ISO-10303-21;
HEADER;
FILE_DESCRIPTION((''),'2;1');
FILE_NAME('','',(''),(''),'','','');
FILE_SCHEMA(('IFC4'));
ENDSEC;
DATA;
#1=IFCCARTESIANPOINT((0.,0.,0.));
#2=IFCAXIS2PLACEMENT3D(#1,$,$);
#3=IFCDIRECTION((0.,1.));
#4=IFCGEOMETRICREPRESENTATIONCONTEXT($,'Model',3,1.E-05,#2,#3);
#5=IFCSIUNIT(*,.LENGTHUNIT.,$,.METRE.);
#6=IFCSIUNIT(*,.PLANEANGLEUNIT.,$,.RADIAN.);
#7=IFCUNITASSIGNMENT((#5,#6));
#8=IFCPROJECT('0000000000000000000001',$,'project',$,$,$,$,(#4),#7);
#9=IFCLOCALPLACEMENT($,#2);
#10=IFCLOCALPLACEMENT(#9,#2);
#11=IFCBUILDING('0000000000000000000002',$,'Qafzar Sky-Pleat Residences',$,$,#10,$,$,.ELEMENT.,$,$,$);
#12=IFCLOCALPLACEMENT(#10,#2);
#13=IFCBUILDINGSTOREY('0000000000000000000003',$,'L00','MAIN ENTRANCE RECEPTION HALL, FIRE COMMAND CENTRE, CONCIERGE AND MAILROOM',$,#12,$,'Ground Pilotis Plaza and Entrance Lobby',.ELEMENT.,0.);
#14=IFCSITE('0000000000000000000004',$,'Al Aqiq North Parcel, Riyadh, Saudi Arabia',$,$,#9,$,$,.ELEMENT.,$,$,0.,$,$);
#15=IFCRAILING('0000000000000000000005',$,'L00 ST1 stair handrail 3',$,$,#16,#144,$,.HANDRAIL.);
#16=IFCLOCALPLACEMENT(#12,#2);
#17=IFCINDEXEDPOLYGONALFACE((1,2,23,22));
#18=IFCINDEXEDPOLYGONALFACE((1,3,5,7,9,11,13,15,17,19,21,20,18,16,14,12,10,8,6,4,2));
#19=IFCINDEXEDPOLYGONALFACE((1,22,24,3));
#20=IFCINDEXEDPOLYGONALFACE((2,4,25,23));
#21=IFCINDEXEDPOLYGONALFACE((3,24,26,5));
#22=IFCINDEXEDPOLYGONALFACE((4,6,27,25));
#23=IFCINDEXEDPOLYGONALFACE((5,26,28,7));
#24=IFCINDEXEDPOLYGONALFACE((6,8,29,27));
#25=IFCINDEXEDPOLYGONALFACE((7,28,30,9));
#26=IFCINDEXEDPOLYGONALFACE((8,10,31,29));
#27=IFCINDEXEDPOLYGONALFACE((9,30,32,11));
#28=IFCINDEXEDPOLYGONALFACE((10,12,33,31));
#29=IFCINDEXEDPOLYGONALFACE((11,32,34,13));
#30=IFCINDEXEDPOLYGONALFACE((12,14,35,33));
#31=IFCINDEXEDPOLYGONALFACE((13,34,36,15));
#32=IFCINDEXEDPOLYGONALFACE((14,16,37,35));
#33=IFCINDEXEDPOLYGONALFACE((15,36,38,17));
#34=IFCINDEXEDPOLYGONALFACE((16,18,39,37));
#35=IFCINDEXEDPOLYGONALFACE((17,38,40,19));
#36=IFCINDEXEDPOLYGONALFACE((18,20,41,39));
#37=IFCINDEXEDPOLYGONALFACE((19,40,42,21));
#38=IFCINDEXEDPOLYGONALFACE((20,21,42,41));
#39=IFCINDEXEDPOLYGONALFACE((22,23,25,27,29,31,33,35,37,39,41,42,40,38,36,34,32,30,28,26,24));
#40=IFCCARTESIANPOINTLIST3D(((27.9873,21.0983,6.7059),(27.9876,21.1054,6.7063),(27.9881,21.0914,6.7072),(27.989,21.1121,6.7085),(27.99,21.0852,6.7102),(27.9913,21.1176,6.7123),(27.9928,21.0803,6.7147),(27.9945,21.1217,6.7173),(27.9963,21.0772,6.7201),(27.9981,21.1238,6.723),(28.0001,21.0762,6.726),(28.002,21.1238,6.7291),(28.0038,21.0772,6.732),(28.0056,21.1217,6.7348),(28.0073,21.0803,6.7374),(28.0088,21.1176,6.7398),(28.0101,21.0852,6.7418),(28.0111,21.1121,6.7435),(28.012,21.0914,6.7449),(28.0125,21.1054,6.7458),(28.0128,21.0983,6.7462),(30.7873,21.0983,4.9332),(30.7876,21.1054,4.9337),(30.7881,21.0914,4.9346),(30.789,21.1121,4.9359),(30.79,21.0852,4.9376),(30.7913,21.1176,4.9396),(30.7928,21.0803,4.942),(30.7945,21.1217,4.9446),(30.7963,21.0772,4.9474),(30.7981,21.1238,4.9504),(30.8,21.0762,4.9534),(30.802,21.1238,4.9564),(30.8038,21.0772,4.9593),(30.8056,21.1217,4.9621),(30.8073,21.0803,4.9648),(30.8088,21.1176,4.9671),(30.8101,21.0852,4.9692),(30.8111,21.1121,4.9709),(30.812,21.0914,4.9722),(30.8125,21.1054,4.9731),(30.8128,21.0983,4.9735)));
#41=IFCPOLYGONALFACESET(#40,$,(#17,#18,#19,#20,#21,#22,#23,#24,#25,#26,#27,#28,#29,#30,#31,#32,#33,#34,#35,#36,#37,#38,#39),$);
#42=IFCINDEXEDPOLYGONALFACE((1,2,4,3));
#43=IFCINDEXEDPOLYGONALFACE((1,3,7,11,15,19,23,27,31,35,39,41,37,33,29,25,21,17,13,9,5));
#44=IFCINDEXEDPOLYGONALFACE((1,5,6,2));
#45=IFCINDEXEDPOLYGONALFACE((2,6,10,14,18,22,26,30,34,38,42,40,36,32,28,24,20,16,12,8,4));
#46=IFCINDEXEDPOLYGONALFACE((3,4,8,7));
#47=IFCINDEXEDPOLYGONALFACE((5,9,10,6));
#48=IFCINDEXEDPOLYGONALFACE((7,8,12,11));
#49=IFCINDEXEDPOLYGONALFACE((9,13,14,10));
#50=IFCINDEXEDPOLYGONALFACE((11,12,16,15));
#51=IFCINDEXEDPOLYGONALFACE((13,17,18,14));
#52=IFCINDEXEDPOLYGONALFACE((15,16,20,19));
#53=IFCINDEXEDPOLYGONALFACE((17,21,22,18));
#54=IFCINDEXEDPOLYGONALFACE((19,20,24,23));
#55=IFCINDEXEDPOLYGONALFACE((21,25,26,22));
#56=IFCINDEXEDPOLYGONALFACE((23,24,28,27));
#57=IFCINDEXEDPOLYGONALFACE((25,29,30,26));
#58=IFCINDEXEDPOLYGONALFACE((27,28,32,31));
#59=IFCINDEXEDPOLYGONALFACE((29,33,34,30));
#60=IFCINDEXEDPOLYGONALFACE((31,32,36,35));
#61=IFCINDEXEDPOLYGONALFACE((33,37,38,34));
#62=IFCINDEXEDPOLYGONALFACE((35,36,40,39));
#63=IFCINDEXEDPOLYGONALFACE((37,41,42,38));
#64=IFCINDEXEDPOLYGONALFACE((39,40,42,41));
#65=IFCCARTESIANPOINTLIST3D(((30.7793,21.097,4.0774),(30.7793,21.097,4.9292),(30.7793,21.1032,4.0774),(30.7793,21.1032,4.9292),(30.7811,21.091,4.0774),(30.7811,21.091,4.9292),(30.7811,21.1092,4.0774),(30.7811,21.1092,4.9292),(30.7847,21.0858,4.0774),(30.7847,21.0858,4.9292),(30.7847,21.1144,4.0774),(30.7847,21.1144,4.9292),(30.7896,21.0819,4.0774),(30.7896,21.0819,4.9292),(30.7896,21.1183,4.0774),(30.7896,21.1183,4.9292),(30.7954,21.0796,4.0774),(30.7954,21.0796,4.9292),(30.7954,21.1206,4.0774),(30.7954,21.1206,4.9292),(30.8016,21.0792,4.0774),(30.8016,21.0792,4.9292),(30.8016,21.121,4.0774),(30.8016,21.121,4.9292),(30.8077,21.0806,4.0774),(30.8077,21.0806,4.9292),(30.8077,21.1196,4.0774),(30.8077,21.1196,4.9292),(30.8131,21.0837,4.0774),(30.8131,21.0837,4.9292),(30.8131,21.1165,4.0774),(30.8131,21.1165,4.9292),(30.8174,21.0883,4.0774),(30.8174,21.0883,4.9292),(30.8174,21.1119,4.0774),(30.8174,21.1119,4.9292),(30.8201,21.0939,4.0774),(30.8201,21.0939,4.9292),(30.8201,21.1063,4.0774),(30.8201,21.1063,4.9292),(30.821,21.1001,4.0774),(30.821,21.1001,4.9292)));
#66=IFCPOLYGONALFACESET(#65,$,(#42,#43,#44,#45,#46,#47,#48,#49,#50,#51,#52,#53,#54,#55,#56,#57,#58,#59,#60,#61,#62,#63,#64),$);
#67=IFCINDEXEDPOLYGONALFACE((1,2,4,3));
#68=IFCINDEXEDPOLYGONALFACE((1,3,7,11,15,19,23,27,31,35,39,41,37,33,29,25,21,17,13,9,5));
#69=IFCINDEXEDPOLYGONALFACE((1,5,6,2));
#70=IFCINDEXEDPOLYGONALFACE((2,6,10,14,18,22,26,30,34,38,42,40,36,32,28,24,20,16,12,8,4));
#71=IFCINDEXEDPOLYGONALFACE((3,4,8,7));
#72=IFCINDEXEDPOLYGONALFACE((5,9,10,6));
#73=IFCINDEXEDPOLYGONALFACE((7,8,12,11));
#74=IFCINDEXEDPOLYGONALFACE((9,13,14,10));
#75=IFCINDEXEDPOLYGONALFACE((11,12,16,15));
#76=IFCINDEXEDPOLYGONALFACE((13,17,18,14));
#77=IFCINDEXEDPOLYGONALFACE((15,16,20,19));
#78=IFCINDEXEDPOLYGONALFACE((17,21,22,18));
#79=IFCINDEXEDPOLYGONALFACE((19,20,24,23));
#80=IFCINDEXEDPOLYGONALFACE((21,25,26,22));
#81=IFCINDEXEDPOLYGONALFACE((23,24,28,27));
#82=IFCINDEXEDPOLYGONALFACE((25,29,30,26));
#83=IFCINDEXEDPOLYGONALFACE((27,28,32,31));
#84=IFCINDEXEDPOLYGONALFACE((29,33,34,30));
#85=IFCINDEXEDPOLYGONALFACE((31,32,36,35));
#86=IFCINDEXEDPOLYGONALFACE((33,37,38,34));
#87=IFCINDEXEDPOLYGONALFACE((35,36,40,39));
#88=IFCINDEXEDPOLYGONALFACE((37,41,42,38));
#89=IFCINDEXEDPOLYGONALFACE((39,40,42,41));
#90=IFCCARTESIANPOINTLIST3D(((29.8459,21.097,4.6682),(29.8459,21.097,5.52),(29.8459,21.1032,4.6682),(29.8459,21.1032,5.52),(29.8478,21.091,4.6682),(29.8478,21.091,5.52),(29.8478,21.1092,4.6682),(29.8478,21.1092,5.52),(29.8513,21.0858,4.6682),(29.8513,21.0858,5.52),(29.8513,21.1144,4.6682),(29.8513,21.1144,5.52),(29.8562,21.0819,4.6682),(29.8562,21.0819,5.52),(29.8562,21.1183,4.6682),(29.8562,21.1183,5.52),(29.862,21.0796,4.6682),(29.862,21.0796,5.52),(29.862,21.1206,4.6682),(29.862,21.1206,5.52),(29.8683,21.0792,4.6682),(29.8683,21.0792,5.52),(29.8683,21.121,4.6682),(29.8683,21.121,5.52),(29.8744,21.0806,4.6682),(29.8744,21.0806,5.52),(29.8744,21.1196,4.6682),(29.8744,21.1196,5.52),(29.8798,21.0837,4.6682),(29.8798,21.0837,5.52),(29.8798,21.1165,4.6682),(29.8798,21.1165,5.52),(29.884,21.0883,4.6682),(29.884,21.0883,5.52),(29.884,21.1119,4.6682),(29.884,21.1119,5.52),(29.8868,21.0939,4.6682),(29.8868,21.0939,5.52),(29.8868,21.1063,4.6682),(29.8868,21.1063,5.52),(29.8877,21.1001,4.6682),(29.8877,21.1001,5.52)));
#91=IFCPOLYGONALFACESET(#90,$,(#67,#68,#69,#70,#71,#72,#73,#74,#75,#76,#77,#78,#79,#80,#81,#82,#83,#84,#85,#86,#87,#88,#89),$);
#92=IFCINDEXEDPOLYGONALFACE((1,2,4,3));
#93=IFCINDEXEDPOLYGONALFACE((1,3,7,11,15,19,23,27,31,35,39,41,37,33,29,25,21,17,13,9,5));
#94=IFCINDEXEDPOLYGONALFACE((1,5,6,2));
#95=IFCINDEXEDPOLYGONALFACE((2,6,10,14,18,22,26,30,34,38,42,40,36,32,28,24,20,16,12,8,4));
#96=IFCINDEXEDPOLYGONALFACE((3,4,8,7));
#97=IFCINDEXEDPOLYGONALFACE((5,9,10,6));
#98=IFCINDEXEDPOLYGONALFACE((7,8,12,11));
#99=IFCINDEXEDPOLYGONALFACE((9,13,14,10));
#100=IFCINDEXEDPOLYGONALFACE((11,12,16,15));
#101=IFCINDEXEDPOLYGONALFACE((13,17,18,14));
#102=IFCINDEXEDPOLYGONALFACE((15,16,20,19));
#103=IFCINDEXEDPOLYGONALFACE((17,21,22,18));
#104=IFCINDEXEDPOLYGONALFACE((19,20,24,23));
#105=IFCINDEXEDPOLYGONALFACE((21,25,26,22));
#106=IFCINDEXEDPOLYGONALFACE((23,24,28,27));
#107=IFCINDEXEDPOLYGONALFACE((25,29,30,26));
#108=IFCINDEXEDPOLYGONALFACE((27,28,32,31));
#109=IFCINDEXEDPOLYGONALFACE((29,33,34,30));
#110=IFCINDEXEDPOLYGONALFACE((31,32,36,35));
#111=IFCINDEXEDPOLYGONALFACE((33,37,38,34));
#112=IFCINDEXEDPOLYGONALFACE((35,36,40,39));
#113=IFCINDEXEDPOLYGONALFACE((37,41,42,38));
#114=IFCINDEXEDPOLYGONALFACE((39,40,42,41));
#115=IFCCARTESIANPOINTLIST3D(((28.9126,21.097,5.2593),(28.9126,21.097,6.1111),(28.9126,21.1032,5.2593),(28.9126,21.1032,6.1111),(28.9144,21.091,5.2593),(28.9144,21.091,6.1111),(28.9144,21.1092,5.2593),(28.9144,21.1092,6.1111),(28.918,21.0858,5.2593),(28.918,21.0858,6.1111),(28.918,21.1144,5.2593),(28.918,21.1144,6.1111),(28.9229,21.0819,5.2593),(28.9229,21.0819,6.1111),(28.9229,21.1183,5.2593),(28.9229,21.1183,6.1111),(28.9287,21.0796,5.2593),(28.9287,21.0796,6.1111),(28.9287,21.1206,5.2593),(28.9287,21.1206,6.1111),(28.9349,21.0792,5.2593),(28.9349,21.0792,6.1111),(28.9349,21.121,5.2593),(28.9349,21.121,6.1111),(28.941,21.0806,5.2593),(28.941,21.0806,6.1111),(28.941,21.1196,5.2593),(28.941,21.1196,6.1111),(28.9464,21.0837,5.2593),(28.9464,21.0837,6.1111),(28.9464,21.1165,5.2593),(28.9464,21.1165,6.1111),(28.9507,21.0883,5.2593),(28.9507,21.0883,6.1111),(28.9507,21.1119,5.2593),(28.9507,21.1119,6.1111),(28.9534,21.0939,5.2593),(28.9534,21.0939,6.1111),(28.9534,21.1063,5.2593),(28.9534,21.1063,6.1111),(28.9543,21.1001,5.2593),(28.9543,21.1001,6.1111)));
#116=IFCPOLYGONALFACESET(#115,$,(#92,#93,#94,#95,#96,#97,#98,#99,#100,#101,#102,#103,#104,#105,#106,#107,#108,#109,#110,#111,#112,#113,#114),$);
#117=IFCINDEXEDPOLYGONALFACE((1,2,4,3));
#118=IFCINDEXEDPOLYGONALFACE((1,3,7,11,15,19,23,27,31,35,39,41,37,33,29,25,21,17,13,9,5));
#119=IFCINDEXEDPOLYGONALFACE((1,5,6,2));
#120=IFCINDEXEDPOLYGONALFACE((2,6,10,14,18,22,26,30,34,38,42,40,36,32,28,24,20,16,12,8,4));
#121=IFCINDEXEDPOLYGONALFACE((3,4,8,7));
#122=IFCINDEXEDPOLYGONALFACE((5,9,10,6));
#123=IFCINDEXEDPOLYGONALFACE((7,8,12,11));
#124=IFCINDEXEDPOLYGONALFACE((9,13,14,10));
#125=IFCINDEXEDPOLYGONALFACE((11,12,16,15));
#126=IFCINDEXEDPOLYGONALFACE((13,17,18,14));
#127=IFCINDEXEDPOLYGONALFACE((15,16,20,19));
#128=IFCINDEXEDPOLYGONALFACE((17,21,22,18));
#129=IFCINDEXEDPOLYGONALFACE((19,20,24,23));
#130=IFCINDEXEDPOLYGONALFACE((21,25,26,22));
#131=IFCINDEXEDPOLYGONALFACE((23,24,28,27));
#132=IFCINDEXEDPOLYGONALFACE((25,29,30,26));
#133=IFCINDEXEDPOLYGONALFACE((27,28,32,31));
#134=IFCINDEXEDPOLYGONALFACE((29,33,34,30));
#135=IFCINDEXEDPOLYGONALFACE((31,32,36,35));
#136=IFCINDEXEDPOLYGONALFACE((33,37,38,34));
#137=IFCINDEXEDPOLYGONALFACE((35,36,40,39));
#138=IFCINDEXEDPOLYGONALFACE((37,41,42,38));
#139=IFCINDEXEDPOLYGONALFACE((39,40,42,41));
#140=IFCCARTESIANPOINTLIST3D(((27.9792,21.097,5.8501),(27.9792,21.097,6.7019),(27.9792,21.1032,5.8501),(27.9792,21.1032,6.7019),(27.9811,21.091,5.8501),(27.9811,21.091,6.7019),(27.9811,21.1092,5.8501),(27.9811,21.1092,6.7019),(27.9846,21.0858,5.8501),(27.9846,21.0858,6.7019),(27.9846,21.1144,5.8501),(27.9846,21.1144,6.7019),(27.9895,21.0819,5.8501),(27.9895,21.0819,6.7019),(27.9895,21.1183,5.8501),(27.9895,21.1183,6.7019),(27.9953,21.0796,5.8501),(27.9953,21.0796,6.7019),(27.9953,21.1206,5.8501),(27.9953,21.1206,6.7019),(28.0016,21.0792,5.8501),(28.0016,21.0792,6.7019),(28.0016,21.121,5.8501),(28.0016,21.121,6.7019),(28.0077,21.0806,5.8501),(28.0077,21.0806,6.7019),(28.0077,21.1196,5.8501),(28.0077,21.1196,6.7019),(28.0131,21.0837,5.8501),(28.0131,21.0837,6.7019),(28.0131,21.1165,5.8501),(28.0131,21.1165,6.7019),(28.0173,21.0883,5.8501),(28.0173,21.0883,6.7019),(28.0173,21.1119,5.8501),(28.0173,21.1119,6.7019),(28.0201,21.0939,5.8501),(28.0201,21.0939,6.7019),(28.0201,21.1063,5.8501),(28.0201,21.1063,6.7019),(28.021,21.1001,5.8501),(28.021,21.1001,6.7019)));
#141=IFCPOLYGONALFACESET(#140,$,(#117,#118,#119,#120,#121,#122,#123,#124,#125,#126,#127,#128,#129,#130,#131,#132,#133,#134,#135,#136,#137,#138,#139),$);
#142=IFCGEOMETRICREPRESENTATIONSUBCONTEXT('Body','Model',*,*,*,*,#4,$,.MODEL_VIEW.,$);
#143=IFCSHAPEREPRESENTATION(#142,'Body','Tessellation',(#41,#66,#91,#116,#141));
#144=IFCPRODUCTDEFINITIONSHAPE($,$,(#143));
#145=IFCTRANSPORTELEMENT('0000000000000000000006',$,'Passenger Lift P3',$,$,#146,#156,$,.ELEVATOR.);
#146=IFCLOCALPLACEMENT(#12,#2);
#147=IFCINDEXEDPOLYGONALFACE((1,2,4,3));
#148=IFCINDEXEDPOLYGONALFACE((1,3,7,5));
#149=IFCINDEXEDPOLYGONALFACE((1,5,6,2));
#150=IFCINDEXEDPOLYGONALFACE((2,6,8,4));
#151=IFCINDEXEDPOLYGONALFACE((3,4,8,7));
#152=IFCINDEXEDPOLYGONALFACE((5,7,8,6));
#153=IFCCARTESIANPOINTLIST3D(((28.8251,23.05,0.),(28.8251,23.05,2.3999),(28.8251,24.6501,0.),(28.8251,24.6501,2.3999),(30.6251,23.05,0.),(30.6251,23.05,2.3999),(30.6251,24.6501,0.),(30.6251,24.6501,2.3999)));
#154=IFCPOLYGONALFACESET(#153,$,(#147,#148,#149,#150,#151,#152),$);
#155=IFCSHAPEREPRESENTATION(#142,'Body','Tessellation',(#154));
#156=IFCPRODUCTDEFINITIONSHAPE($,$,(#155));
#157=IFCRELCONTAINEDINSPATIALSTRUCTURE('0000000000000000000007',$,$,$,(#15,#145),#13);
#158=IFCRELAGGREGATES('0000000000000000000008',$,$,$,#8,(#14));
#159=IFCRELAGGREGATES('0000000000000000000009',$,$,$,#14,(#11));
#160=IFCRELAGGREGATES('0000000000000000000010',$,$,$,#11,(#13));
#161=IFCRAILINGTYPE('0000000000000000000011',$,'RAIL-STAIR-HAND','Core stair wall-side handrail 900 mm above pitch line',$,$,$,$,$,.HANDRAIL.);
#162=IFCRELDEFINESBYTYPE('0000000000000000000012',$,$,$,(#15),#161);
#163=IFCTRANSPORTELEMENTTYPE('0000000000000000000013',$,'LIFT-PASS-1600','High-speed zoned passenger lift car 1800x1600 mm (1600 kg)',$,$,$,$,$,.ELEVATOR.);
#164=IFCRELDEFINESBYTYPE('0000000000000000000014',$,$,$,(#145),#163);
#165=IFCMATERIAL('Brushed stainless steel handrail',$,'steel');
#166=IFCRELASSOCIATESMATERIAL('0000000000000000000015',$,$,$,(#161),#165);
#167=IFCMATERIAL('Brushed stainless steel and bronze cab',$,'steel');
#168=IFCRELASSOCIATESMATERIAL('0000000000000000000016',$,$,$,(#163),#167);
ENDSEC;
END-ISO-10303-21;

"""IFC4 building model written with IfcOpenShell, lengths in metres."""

from ifc_helpers import new_model, si_unit, direction, frame, origin, origin_2d, place, context, subcontext, project, spatial, rectangle, circle, extrude, source, transform, mapped, material, type_object, element, save


model = new_model("IFC4")

# Units and contexts
model_context = context("Model", 3, precision=1e-05, world=origin(), true_north=direction((0.0, 1.0)))
body_context = subcontext(model_context, "Body", "Model", "MODEL_VIEW")
ifc_project = project(units=[si_unit("LENGTHUNIT", "METRE"), si_unit("PLANEANGLEUNIT", "RADIAN")], contexts=[model_context])

# Site, building, storey
site_placement = place(None, origin())
site = spatial("IfcSite", under=ifc_project, at=site_placement, Name="Al Aqiq North Parcel, Riyadh, Saudi Arabia", CompositionType="ELEMENT", RefElevation=0.0)
building_placement = place(site_placement, origin())
building = spatial("IfcBuilding", under=site, at=building_placement, Name="Qafzar Sky-Pleat Residences", CompositionType="ELEMENT")
storey_placement = place(building_placement, origin())
storey = spatial("IfcBuildingStorey", under=building, at=storey_placement, Name="L00", Description="MAIN ENTRANCE RECEPTION HALL, FIRE COMMAND CENTRE, CONCIERGE AND MAILROOM", LongName="Ground Pilotis Plaza and Entrance Lobby", CompositionType="ELEMENT", Elevation=0.0)

# Railing
ifc_material_1 = material(Name="Brushed stainless steel handrail", Category="steel")
railing_type_1 = type_object("IfcRailingType", Name="RAIL-STAIR-HAND", Description="Core stair wall-side handrail 900 mm above pitch line", PredefinedType="HANDRAIL", material=ifc_material_1)
shared_shape_1 = source(origin(), body_context, "Body", "SweptSolid", [
    extrude(circle(Radius=0.0239, at=origin_2d()), frame((0.0, 0.0, 0.876), z_axis=(-0.844909, 0.0, 0.53491), x_axis=(0.0, -1.0, 0.0)), (0.0, 0.0, 1.0), 3.314),
    extrude(circle(Radius=0.021, at=origin_2d()), origin(), (0.0, 0.0, 1.0), 0.8518),
    extrude(circle(Radius=0.021, at=origin_2d()), frame((-0.9333, 0.0, 0.5908)), (0.0, 0.0, 1.0), 0.8518),
    extrude(circle(Radius=0.021, at=origin_2d()), frame((-1.8667, 0.0, 1.1819)), (0.0, 0.0, 1.0), 0.8518),
    extrude(circle(Radius=0.021, at=origin_2d()), frame((-2.8, 0.0, 1.7727)), (0.0, 0.0, 1.0), 0.8518),
])
for number, where, name in (
    (1, (30.8, 21.1001, 4.0774), "L00 ST1 stair handrail 3"),
):
    element("IfcRailing", number, at=place(storey_placement, frame(where)), inside=storey, type_object=railing_type_1, Name=name, PredefinedType="HANDRAIL", context=body_context, shape_type="MappedRepresentation", body=[
        mapped(shared_shape_1, transform((0.0, 0.0, 0.0), x_axis=(1.0, 0.0, 0.0), y_axis=(0.0, 1.0, 0.0), z_axis=(0.0, 0.0, 1.0), scale=1.0)),
    ])

# Transport element
ifc_material_2 = material(Name="Brushed stainless steel and bronze cab", Category="steel")
transport_element_type = type_object("IfcTransportElementType", Name="LIFT-PASS-1600", Description="High-speed zoned passenger lift car 1800x1600 mm (1600 kg)", PredefinedType="ELEVATOR", material=ifc_material_2)
shared_shape_2 = source(origin(), body_context, "Body", "SweptSolid", [
    extrude(rectangle(XDim=1.8, YDim=1.6001, at=origin_2d()), origin(), (0.0, 0.0, 1.0), 2.3999),
])
transport_element_placement = place(storey_placement, frame((29.7251, 23.8501, 0.0), z_axis=(0.0, 0.0, 1.0), x_axis=(1.0, 0.0, 0.0)))
element("IfcTransportElement", 2, at=transport_element_placement, inside=storey, type_object=transport_element_type, Name="Passenger Lift P3", PredefinedType="ELEVATOR", context=body_context, shape_type="MappedRepresentation", body=[
    mapped(shared_shape_2, transform((0.0, 0.0, 0.0), x_axis=(1.0, 0.0, 0.0), y_axis=(0.0, 1.0, 0.0), z_axis=(0.0, 0.0, 1.0), scale=1.0)),
])

save(model, "model.ifc")
